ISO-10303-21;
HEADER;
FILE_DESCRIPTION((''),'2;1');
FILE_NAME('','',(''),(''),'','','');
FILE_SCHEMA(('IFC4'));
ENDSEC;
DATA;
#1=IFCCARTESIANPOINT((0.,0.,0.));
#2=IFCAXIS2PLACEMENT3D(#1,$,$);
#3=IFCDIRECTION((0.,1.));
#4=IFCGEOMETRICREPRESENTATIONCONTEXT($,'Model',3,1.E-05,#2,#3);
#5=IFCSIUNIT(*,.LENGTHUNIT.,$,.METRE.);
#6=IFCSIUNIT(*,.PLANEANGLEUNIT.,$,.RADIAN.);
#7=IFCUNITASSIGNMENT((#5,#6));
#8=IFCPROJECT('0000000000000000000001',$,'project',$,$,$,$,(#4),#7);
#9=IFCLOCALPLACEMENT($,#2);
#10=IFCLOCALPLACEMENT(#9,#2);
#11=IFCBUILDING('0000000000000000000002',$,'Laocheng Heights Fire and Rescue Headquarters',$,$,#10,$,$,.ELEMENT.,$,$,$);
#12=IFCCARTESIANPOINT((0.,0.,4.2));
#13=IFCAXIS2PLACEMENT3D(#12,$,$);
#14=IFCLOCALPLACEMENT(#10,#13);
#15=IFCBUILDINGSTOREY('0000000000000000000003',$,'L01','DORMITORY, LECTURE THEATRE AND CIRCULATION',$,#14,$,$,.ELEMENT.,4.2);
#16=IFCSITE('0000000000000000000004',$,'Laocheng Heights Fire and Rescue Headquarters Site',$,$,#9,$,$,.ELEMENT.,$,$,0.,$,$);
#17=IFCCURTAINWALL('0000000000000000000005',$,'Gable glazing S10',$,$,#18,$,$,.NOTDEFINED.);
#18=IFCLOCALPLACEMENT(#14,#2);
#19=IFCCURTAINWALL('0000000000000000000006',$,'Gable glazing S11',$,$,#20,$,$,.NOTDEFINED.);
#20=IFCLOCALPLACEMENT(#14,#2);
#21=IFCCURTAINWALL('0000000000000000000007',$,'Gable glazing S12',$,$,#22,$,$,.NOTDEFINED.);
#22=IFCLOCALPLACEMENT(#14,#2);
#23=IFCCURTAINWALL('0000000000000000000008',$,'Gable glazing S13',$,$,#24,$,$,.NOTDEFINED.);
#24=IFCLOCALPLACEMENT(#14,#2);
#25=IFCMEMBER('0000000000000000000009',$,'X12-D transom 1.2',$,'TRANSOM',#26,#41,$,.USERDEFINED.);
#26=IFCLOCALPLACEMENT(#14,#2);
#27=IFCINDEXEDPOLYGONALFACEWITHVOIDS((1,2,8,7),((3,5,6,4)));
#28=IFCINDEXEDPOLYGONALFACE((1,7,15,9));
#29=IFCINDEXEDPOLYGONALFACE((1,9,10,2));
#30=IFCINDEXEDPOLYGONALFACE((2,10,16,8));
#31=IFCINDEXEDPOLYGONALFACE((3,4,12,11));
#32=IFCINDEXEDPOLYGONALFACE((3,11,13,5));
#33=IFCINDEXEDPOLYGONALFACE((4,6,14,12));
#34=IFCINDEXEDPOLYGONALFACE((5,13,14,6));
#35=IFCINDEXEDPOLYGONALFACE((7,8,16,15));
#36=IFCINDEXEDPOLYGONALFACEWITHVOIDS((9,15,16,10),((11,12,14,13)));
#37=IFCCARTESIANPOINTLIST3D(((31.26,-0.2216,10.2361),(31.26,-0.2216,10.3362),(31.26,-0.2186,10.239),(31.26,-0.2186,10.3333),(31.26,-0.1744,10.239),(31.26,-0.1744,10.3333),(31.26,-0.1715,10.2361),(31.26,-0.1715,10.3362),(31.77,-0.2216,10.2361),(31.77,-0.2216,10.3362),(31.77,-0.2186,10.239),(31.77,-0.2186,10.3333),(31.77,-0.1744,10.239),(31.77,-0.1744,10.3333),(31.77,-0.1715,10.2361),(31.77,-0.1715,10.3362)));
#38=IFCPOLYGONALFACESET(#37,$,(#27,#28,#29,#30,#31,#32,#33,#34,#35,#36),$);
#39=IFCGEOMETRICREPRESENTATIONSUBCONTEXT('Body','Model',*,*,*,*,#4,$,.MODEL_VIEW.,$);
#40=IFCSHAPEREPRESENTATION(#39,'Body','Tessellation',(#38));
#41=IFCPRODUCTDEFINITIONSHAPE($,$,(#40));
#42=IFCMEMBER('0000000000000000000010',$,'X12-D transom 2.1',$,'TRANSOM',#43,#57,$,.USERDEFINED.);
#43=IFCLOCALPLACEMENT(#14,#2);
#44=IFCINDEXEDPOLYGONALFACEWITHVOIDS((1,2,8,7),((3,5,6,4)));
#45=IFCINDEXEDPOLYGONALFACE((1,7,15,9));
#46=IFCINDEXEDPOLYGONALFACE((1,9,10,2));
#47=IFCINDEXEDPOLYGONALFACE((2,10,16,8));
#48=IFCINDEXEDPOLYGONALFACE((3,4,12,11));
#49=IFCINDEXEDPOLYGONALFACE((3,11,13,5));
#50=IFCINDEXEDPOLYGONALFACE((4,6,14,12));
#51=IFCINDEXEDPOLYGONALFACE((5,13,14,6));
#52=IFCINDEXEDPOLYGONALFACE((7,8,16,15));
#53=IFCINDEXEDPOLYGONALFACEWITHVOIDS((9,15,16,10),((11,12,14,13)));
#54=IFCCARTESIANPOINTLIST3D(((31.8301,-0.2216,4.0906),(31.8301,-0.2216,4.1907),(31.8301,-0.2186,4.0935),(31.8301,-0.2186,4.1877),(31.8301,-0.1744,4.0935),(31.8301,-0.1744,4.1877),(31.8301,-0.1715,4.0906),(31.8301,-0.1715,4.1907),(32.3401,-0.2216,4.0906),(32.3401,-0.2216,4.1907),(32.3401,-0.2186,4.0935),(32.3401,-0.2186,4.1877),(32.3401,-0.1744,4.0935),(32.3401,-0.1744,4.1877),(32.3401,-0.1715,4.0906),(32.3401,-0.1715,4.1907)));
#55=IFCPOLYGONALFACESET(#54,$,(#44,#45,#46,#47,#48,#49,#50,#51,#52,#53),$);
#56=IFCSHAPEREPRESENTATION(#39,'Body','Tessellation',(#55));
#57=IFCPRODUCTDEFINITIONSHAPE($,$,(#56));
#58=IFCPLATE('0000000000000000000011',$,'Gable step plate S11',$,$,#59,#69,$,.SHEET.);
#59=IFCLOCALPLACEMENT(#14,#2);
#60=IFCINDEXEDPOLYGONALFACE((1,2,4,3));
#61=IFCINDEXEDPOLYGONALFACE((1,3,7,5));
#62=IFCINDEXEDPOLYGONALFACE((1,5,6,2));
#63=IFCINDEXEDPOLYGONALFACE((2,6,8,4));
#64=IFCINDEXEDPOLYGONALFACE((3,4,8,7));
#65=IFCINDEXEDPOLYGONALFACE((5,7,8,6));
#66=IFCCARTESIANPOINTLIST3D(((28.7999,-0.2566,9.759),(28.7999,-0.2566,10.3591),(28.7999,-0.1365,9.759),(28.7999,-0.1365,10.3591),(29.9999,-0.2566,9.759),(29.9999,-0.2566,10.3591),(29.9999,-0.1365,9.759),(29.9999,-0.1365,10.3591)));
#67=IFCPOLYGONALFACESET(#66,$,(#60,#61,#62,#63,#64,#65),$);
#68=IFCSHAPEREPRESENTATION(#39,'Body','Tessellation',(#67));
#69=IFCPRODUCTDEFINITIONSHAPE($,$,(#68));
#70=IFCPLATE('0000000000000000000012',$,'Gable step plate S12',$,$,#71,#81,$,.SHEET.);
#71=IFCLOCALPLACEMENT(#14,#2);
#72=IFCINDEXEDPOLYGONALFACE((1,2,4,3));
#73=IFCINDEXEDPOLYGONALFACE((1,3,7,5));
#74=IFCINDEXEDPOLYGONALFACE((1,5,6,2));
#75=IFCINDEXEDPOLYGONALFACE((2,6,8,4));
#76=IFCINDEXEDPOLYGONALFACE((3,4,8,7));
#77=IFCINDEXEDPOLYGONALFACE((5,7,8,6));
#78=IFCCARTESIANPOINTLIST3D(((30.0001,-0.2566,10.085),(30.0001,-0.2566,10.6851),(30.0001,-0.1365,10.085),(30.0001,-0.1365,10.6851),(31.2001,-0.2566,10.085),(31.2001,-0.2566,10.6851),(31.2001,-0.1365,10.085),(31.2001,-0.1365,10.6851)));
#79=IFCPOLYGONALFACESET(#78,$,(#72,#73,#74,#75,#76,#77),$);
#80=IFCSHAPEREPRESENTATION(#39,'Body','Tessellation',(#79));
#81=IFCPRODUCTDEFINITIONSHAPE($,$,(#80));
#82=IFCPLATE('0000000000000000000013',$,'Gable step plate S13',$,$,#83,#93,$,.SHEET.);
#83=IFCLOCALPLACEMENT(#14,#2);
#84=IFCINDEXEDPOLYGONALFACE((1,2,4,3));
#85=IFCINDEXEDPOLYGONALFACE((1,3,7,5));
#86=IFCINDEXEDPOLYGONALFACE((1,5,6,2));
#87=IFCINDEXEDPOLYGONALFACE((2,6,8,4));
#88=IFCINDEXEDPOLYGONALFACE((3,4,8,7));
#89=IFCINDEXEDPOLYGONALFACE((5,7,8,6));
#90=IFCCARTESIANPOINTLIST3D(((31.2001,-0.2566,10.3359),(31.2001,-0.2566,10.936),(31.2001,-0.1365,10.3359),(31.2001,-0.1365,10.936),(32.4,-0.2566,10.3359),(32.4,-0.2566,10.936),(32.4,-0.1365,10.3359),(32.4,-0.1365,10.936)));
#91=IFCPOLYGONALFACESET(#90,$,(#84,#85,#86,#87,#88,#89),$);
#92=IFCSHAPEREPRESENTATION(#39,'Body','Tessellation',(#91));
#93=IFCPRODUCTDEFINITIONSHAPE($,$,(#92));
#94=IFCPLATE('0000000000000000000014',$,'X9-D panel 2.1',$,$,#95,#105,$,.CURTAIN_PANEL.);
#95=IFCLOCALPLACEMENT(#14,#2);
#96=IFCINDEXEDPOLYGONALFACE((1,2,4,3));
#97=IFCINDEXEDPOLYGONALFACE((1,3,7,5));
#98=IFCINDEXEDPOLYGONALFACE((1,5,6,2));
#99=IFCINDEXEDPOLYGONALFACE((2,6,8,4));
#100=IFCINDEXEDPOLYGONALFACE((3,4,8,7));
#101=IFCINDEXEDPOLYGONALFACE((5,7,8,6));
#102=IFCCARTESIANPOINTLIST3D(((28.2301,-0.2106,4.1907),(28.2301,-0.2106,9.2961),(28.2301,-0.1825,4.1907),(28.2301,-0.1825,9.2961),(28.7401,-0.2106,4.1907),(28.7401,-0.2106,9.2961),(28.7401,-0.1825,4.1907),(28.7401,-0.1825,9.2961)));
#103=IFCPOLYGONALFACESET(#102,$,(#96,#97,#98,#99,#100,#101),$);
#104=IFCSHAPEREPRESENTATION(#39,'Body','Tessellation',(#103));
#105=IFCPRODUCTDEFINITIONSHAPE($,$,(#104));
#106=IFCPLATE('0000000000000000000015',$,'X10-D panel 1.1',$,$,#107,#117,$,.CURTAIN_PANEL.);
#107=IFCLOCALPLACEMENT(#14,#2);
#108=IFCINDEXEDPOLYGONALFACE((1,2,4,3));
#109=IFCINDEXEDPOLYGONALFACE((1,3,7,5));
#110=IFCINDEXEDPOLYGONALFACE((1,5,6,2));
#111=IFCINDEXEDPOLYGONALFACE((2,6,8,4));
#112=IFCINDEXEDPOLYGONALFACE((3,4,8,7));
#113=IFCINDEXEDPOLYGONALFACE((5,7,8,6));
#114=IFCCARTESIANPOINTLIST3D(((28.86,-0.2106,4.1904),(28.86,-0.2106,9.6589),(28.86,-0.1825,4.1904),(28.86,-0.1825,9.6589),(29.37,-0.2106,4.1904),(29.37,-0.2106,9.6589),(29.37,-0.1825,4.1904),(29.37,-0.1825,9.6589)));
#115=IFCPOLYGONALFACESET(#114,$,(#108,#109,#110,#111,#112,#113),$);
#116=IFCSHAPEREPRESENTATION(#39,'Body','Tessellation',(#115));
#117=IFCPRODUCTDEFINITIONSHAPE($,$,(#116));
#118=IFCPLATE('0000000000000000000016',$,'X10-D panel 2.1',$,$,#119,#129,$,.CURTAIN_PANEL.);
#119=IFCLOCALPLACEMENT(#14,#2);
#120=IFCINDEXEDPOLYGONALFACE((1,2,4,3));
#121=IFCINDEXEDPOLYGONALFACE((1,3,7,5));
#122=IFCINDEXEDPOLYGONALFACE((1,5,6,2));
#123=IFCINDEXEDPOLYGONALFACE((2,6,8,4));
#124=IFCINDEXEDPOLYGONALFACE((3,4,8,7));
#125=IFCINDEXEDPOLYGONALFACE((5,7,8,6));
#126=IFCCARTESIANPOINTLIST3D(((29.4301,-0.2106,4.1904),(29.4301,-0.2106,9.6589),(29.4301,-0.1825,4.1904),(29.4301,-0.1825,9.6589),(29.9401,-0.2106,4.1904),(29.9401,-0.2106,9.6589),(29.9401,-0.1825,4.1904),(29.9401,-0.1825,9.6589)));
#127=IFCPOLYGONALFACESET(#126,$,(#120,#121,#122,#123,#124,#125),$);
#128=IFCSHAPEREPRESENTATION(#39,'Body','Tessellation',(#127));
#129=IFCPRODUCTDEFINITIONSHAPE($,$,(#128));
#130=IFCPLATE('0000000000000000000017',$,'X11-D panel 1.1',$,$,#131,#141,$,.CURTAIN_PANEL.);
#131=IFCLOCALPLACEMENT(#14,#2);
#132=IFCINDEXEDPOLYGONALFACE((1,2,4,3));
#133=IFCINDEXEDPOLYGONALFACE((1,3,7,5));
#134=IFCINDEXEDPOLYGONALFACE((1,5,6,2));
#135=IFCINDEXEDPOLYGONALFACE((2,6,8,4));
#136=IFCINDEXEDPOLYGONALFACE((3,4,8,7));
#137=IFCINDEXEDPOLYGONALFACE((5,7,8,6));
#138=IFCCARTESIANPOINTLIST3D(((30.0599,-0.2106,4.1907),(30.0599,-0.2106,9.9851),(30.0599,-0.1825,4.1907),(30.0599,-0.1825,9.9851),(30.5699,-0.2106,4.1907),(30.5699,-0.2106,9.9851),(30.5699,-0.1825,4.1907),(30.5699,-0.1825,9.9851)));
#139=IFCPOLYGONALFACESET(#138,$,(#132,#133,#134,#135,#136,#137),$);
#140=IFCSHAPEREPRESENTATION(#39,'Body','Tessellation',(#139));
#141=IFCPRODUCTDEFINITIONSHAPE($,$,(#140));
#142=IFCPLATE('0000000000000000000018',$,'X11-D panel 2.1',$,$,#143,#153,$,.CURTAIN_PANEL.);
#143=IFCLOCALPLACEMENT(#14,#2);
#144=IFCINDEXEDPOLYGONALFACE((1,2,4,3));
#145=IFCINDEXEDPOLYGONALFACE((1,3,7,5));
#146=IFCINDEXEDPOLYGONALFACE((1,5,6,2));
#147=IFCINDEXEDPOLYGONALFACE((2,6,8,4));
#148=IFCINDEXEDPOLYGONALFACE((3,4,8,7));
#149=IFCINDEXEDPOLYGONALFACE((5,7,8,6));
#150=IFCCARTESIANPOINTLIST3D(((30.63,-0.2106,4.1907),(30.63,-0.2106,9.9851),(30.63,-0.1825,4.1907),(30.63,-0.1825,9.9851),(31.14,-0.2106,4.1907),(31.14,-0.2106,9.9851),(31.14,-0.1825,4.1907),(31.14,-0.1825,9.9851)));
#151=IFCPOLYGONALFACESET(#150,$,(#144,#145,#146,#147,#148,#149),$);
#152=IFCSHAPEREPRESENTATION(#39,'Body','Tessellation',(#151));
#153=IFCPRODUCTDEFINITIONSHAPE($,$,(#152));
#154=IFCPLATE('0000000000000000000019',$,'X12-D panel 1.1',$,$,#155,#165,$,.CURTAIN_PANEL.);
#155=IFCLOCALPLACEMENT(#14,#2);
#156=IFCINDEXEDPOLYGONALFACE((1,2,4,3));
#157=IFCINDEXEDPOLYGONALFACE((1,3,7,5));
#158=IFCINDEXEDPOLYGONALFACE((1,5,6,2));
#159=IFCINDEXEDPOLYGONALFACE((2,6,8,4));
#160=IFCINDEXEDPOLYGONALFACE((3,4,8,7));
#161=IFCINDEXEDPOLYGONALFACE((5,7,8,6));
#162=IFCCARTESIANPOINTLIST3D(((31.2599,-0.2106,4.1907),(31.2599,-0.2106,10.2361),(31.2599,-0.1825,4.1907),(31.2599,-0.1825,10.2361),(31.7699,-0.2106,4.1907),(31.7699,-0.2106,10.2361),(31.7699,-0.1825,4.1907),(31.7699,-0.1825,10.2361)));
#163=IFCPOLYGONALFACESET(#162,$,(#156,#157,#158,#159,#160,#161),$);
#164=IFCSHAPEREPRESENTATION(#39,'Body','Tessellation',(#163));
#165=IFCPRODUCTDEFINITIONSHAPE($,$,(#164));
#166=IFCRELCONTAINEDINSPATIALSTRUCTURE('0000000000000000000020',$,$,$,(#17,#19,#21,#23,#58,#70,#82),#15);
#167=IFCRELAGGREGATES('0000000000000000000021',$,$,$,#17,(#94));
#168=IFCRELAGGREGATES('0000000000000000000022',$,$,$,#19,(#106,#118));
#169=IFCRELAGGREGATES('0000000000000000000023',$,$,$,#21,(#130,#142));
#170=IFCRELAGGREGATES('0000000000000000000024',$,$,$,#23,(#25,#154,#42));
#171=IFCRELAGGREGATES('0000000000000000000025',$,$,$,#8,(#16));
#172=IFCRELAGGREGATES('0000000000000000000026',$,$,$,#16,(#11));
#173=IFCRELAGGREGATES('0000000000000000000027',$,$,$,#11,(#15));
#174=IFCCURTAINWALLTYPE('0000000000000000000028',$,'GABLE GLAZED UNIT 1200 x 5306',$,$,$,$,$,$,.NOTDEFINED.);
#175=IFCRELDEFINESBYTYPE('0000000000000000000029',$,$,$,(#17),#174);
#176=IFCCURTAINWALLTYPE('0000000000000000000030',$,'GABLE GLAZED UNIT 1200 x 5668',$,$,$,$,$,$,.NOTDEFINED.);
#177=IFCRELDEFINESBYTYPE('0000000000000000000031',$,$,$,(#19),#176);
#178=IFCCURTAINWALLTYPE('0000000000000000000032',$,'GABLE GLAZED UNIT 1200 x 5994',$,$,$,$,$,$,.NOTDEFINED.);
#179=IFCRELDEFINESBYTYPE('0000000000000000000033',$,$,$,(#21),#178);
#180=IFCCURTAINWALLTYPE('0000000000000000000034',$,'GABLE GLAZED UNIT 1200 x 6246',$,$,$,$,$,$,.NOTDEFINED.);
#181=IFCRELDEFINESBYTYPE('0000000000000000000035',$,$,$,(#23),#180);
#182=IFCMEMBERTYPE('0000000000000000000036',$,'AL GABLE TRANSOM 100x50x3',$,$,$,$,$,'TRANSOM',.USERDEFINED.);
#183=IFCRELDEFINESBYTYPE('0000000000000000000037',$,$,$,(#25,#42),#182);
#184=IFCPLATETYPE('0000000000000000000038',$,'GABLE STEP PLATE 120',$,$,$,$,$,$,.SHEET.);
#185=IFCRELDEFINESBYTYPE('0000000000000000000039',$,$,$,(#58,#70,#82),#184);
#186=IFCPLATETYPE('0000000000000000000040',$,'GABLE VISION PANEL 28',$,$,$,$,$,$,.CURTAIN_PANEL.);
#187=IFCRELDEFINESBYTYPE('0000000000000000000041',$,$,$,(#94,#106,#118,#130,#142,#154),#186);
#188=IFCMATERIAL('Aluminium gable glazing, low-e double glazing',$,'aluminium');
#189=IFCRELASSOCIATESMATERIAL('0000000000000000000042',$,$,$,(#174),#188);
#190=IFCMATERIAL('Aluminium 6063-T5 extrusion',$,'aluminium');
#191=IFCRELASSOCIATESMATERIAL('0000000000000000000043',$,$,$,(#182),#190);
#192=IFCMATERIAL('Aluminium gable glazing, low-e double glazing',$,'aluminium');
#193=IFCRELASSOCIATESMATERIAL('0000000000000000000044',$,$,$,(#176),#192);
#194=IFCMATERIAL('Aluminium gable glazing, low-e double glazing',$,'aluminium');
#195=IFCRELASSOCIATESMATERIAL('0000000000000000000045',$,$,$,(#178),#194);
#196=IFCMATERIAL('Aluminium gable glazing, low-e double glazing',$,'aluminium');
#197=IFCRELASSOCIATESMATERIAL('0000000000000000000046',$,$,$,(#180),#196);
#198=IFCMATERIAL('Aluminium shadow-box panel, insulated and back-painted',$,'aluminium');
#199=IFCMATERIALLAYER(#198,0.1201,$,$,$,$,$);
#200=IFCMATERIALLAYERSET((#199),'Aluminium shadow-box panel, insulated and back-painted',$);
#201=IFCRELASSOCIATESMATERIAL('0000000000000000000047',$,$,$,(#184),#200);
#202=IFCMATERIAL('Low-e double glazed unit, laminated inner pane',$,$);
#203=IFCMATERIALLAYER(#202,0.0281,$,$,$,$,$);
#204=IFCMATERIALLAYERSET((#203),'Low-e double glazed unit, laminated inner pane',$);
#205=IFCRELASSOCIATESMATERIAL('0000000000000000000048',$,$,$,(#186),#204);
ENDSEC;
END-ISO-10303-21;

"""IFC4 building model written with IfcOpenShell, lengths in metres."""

from ifc_helpers import new_model, si_unit, direction, frame, origin, origin_2d, place, context, subcontext, project, spatial, rectangle, hollow_rectangle, extrude, material, layer, layer_set, material_profile, profile_set, type_object, element, aggregate, save


model = new_model("IFC4")

# Units and contexts
model_context = context("Model", 3, precision=1e-05, world=origin(), true_north=direction((0.0, 1.0)))
body_context = subcontext(model_context, "Body", "Model", "MODEL_VIEW")
ifc_project = project(units=[si_unit("LENGTHUNIT", "METRE"), si_unit("PLANEANGLEUNIT", "RADIAN")], contexts=[model_context])

# Site, building, storey
site_placement = place(None, origin())
site = spatial("IfcSite", under=ifc_project, at=site_placement, Name="Laocheng Heights Fire and Rescue Headquarters Site", CompositionType="ELEMENT", RefElevation=0.0)
building_placement = place(site_placement, origin())
building = spatial("IfcBuilding", under=site, at=building_placement, Name="Laocheng Heights Fire and Rescue Headquarters", CompositionType="ELEMENT")
storey_placement = place(building_placement, frame((0.0, 0.0, 4.2)))
storey = spatial("IfcBuildingStorey", under=building, at=storey_placement, Name="L01", Description="DORMITORY, LECTURE THEATRE AND CIRCULATION", CompositionType="ELEMENT", Elevation=4.2)

# Curtain walls, members
ifc_material_1 = material(Name="Aluminium gable glazing, low-e double glazing", Category="aluminium")
curtain_wall_type_1 = type_object("IfcCurtainWallType", Name="GABLE GLAZED UNIT 1200 x 5306", PredefinedType="NOTDEFINED", material=ifc_material_1)
curtain_wall_1_placement = place(storey_placement, origin())
curtain_wall_1 = element("IfcCurtainWall", 1, at=curtain_wall_1_placement, inside=storey, type_object=curtain_wall_type_1, Name="Gable glazing S10", PredefinedType="NOTDEFINED")
ifc_material_2 = material(Name="Aluminium 6063-T5 extrusion", Category="aluminium")
ifc_material_profile = material_profile(ifc_material_2, hollow_rectangle(XDim=0.05, YDim=0.1001, WallThickness=0.0029, at=origin_2d()), Name="AL TRANSOM 100x50x3")
ifc_profile_set = profile_set([ifc_material_profile], Name="Aluminium 6063-T5 extrusion")
member_type = type_object("IfcMemberType", Name="AL GABLE TRANSOM 100x50x3", ElementType="TRANSOM", PredefinedType="USERDEFINED", material=ifc_profile_set)
ifc_material_3 = material(Name="Aluminium gable glazing, low-e double glazing", Category="aluminium")
curtain_wall_type_2 = type_object("IfcCurtainWallType", Name="GABLE GLAZED UNIT 1200 x 5668", PredefinedType="NOTDEFINED", material=ifc_material_3)
curtain_wall_2_placement = place(storey_placement, origin())
curtain_wall_2 = element("IfcCurtainWall", 2, at=curtain_wall_2_placement, inside=storey, type_object=curtain_wall_type_2, Name="Gable glazing S11", PredefinedType="NOTDEFINED")
ifc_material_4 = material(Name="Aluminium gable glazing, low-e double glazing", Category="aluminium")
curtain_wall_type_3 = type_object("IfcCurtainWallType", Name="GABLE GLAZED UNIT 1200 x 5994", PredefinedType="NOTDEFINED", material=ifc_material_4)
curtain_wall_3_placement = place(storey_placement, origin())
curtain_wall_3 = element("IfcCurtainWall", 3, at=curtain_wall_3_placement, inside=storey, type_object=curtain_wall_type_3, Name="Gable glazing S12", PredefinedType="NOTDEFINED")
ifc_material_5 = material(Name="Aluminium gable glazing, low-e double glazing", Category="aluminium")
curtain_wall_type_4 = type_object("IfcCurtainWallType", Name="GABLE GLAZED UNIT 1200 x 6246", PredefinedType="NOTDEFINED", material=ifc_material_5)
curtain_wall_4_placement = place(storey_placement, origin())
curtain_wall_4 = element("IfcCurtainWall", 4, at=curtain_wall_4_placement, inside=storey, type_object=curtain_wall_type_4, Name="Gable glazing S13", PredefinedType="NOTDEFINED")
member_1_placement = place(storey_placement, frame((31.26, -0.1965, 10.2861), z_axis=(1.0, 0.0, 0.0), x_axis=(0.0, 1.0, 0.0)))
member_1 = element("IfcMember", 5, at=member_1_placement, type_object=member_type, Name="X12-D transom 1.2", ObjectType="TRANSOM", PredefinedType="USERDEFINED", context=body_context, shape_type="SweptSolid", body=[
    extrude(hollow_rectangle(XDim=0.05, YDim=0.1001, WallThickness=0.0029, at=origin_2d()), origin(), (0.0, 0.0, 1.0), 0.51),
])
member_2_placement = place(storey_placement, frame((31.8301, -0.1965, 4.1406), z_axis=(1.0, 0.0, 0.0), x_axis=(0.0, 1.0, 0.0)))
member_2 = element("IfcMember", 6, at=member_2_placement, type_object=member_type, Name="X12-D transom 2.1", ObjectType="TRANSOM", PredefinedType="USERDEFINED", context=body_context, shape_type="SweptSolid", body=[
    extrude(hollow_rectangle(XDim=0.05, YDim=0.1001, WallThickness=0.0029, at=origin_2d()), origin(), (0.0, 0.0, 1.0), 0.51),
])

# Plates
ifc_material_6 = material(Name="Aluminium shadow-box panel, insulated and back-painted", Category="aluminium")
ifc_layer_1 = layer(ifc_material_6, 0.1201)
ifc_layer_set_1 = layer_set([ifc_layer_1], Name="Aluminium shadow-box panel, insulated and back-painted")
plate_type_1 = type_object("IfcPlateType", Name="GABLE STEP PLATE 120", PredefinedType="SHEET", material=ifc_layer_set_1)
for number, where, z_axis, x_axis, name in (
    (7, (29.3999, -0.1965, 9.759), (0.0, 0.0, 1.0), (1.0, 0.0, 0.0), "Gable step plate S11"),
    (8, (30.6001, -0.1965, 10.085), (0.0, 0.0, 1.0), (1.0, 0.0, 0.0), "Gable step plate S12"),
    (9, (31.8, -0.1965, 10.3359), (0.0, 0.0, 1.0), (1.0, 0.0, 0.0), "Gable step plate S13"),
):
    element("IfcPlate", number, at=place(storey_placement, frame(where, z_axis=z_axis, x_axis=x_axis)), inside=storey, type_object=plate_type_1, Name=name, PredefinedType="SHEET", context=body_context, shape_type="SweptSolid", body=[
        extrude(rectangle(XDim=1.2, YDim=0.1201, at=origin_2d()), origin(), (0.0, 0.0, 1.0), 0.6001),
    ])

# Plates
ifc_material_7 = material(Name="Low-e double glazed unit, laminated inner pane")
ifc_layer_2 = layer(ifc_material_7, 0.0281)
ifc_layer_set_2 = layer_set([ifc_layer_2], Name="Low-e double glazed unit, laminated inner pane")
plate_type_2 = type_object("IfcPlateType", Name="GABLE VISION PANEL 28", PredefinedType="CURTAIN_PANEL", material=ifc_layer_set_2)
plate_1_placement = place(storey_placement, frame((28.4851, -0.1965, 4.1907), z_axis=(0.0, 0.0, 1.0), x_axis=(1.0, 0.0, 0.0)))
plate_1 = element("IfcPlate", 10, at=plate_1_placement, type_object=plate_type_2, Name="X9-D panel 2.1", PredefinedType="CURTAIN_PANEL", context=body_context, shape_type="SweptSolid", body=[
    extrude(rectangle(XDim=0.51, YDim=0.0281, at=origin_2d()), origin(), (0.0, 0.0, 1.0), 5.1055),
])
aggregate(curtain_wall_1, [plate_1])
plate_2_placement = place(storey_placement, frame((29.115, -0.1965, 4.1904), z_axis=(0.0, 0.0, 1.0), x_axis=(1.0, 0.0, 0.0)))
plate_2 = element("IfcPlate", 11, at=plate_2_placement, type_object=plate_type_2, Name="X10-D panel 1.1", PredefinedType="CURTAIN_PANEL", context=body_context, shape_type="SweptSolid", body=[
    extrude(rectangle(XDim=0.51, YDim=0.0281, at=origin_2d()), origin(), (0.0, 0.0, 1.0), 5.4685),
])
plate_3_placement = place(storey_placement, frame((29.6851, -0.1965, 4.1904), z_axis=(0.0, 0.0, 1.0), x_axis=(1.0, 0.0, 0.0)))
plate_3 = element("IfcPlate", 12, at=plate_3_placement, type_object=plate_type_2, Name="X10-D panel 2.1", PredefinedType="CURTAIN_PANEL", context=body_context, shape_type="SweptSolid", body=[
    extrude(rectangle(XDim=0.51, YDim=0.0281, at=origin_2d()), origin(), (0.0, 0.0, 1.0), 5.4685),
])
aggregate(curtain_wall_2, [plate_2, plate_3])
plate_4_placement = place(storey_placement, frame((30.3149, -0.1965, 4.1907), z_axis=(0.0, 0.0, 1.0), x_axis=(1.0, 0.0, 0.0)))
plate_4 = element("IfcPlate", 13, at=plate_4_placement, type_object=plate_type_2, Name="X11-D panel 1.1", PredefinedType="CURTAIN_PANEL", context=body_context, shape_type="SweptSolid", body=[
    extrude(rectangle(XDim=0.51, YDim=0.0281, at=origin_2d()), origin(), (0.0, 0.0, 1.0), 5.7944),
])
plate_5_placement = place(storey_placement, frame((30.885, -0.1965, 4.1907), z_axis=(0.0, 0.0, 1.0), x_axis=(1.0, 0.0, 0.0)))
plate_5 = element("IfcPlate", 14, at=plate_5_placement, type_object=plate_type_2, Name="X11-D panel 2.1", PredefinedType="CURTAIN_PANEL", context=body_context, shape_type="SweptSolid", body=[
    extrude(rectangle(XDim=0.51, YDim=0.0281, at=origin_2d()), origin(), (0.0, 0.0, 1.0), 5.7944),
])
aggregate(curtain_wall_3, [plate_4, plate_5])
plate_6_placement = place(storey_placement, frame((31.5149, -0.1965, 4.1907), z_axis=(0.0, 0.0, 1.0), x_axis=(1.0, 0.0, 0.0)))
plate_6 = element("IfcPlate", 15, at=plate_6_placement, type_object=plate_type_2, Name="X12-D panel 1.1", PredefinedType="CURTAIN_PANEL", context=body_context, shape_type="SweptSolid", body=[
    extrude(rectangle(XDim=0.51, YDim=0.0281, at=origin_2d()), origin(), (0.0, 0.0, 1.0), 6.0454),
])
aggregate(curtain_wall_4, [member_1, plate_6, member_2])

save(model, "model.ifc")
